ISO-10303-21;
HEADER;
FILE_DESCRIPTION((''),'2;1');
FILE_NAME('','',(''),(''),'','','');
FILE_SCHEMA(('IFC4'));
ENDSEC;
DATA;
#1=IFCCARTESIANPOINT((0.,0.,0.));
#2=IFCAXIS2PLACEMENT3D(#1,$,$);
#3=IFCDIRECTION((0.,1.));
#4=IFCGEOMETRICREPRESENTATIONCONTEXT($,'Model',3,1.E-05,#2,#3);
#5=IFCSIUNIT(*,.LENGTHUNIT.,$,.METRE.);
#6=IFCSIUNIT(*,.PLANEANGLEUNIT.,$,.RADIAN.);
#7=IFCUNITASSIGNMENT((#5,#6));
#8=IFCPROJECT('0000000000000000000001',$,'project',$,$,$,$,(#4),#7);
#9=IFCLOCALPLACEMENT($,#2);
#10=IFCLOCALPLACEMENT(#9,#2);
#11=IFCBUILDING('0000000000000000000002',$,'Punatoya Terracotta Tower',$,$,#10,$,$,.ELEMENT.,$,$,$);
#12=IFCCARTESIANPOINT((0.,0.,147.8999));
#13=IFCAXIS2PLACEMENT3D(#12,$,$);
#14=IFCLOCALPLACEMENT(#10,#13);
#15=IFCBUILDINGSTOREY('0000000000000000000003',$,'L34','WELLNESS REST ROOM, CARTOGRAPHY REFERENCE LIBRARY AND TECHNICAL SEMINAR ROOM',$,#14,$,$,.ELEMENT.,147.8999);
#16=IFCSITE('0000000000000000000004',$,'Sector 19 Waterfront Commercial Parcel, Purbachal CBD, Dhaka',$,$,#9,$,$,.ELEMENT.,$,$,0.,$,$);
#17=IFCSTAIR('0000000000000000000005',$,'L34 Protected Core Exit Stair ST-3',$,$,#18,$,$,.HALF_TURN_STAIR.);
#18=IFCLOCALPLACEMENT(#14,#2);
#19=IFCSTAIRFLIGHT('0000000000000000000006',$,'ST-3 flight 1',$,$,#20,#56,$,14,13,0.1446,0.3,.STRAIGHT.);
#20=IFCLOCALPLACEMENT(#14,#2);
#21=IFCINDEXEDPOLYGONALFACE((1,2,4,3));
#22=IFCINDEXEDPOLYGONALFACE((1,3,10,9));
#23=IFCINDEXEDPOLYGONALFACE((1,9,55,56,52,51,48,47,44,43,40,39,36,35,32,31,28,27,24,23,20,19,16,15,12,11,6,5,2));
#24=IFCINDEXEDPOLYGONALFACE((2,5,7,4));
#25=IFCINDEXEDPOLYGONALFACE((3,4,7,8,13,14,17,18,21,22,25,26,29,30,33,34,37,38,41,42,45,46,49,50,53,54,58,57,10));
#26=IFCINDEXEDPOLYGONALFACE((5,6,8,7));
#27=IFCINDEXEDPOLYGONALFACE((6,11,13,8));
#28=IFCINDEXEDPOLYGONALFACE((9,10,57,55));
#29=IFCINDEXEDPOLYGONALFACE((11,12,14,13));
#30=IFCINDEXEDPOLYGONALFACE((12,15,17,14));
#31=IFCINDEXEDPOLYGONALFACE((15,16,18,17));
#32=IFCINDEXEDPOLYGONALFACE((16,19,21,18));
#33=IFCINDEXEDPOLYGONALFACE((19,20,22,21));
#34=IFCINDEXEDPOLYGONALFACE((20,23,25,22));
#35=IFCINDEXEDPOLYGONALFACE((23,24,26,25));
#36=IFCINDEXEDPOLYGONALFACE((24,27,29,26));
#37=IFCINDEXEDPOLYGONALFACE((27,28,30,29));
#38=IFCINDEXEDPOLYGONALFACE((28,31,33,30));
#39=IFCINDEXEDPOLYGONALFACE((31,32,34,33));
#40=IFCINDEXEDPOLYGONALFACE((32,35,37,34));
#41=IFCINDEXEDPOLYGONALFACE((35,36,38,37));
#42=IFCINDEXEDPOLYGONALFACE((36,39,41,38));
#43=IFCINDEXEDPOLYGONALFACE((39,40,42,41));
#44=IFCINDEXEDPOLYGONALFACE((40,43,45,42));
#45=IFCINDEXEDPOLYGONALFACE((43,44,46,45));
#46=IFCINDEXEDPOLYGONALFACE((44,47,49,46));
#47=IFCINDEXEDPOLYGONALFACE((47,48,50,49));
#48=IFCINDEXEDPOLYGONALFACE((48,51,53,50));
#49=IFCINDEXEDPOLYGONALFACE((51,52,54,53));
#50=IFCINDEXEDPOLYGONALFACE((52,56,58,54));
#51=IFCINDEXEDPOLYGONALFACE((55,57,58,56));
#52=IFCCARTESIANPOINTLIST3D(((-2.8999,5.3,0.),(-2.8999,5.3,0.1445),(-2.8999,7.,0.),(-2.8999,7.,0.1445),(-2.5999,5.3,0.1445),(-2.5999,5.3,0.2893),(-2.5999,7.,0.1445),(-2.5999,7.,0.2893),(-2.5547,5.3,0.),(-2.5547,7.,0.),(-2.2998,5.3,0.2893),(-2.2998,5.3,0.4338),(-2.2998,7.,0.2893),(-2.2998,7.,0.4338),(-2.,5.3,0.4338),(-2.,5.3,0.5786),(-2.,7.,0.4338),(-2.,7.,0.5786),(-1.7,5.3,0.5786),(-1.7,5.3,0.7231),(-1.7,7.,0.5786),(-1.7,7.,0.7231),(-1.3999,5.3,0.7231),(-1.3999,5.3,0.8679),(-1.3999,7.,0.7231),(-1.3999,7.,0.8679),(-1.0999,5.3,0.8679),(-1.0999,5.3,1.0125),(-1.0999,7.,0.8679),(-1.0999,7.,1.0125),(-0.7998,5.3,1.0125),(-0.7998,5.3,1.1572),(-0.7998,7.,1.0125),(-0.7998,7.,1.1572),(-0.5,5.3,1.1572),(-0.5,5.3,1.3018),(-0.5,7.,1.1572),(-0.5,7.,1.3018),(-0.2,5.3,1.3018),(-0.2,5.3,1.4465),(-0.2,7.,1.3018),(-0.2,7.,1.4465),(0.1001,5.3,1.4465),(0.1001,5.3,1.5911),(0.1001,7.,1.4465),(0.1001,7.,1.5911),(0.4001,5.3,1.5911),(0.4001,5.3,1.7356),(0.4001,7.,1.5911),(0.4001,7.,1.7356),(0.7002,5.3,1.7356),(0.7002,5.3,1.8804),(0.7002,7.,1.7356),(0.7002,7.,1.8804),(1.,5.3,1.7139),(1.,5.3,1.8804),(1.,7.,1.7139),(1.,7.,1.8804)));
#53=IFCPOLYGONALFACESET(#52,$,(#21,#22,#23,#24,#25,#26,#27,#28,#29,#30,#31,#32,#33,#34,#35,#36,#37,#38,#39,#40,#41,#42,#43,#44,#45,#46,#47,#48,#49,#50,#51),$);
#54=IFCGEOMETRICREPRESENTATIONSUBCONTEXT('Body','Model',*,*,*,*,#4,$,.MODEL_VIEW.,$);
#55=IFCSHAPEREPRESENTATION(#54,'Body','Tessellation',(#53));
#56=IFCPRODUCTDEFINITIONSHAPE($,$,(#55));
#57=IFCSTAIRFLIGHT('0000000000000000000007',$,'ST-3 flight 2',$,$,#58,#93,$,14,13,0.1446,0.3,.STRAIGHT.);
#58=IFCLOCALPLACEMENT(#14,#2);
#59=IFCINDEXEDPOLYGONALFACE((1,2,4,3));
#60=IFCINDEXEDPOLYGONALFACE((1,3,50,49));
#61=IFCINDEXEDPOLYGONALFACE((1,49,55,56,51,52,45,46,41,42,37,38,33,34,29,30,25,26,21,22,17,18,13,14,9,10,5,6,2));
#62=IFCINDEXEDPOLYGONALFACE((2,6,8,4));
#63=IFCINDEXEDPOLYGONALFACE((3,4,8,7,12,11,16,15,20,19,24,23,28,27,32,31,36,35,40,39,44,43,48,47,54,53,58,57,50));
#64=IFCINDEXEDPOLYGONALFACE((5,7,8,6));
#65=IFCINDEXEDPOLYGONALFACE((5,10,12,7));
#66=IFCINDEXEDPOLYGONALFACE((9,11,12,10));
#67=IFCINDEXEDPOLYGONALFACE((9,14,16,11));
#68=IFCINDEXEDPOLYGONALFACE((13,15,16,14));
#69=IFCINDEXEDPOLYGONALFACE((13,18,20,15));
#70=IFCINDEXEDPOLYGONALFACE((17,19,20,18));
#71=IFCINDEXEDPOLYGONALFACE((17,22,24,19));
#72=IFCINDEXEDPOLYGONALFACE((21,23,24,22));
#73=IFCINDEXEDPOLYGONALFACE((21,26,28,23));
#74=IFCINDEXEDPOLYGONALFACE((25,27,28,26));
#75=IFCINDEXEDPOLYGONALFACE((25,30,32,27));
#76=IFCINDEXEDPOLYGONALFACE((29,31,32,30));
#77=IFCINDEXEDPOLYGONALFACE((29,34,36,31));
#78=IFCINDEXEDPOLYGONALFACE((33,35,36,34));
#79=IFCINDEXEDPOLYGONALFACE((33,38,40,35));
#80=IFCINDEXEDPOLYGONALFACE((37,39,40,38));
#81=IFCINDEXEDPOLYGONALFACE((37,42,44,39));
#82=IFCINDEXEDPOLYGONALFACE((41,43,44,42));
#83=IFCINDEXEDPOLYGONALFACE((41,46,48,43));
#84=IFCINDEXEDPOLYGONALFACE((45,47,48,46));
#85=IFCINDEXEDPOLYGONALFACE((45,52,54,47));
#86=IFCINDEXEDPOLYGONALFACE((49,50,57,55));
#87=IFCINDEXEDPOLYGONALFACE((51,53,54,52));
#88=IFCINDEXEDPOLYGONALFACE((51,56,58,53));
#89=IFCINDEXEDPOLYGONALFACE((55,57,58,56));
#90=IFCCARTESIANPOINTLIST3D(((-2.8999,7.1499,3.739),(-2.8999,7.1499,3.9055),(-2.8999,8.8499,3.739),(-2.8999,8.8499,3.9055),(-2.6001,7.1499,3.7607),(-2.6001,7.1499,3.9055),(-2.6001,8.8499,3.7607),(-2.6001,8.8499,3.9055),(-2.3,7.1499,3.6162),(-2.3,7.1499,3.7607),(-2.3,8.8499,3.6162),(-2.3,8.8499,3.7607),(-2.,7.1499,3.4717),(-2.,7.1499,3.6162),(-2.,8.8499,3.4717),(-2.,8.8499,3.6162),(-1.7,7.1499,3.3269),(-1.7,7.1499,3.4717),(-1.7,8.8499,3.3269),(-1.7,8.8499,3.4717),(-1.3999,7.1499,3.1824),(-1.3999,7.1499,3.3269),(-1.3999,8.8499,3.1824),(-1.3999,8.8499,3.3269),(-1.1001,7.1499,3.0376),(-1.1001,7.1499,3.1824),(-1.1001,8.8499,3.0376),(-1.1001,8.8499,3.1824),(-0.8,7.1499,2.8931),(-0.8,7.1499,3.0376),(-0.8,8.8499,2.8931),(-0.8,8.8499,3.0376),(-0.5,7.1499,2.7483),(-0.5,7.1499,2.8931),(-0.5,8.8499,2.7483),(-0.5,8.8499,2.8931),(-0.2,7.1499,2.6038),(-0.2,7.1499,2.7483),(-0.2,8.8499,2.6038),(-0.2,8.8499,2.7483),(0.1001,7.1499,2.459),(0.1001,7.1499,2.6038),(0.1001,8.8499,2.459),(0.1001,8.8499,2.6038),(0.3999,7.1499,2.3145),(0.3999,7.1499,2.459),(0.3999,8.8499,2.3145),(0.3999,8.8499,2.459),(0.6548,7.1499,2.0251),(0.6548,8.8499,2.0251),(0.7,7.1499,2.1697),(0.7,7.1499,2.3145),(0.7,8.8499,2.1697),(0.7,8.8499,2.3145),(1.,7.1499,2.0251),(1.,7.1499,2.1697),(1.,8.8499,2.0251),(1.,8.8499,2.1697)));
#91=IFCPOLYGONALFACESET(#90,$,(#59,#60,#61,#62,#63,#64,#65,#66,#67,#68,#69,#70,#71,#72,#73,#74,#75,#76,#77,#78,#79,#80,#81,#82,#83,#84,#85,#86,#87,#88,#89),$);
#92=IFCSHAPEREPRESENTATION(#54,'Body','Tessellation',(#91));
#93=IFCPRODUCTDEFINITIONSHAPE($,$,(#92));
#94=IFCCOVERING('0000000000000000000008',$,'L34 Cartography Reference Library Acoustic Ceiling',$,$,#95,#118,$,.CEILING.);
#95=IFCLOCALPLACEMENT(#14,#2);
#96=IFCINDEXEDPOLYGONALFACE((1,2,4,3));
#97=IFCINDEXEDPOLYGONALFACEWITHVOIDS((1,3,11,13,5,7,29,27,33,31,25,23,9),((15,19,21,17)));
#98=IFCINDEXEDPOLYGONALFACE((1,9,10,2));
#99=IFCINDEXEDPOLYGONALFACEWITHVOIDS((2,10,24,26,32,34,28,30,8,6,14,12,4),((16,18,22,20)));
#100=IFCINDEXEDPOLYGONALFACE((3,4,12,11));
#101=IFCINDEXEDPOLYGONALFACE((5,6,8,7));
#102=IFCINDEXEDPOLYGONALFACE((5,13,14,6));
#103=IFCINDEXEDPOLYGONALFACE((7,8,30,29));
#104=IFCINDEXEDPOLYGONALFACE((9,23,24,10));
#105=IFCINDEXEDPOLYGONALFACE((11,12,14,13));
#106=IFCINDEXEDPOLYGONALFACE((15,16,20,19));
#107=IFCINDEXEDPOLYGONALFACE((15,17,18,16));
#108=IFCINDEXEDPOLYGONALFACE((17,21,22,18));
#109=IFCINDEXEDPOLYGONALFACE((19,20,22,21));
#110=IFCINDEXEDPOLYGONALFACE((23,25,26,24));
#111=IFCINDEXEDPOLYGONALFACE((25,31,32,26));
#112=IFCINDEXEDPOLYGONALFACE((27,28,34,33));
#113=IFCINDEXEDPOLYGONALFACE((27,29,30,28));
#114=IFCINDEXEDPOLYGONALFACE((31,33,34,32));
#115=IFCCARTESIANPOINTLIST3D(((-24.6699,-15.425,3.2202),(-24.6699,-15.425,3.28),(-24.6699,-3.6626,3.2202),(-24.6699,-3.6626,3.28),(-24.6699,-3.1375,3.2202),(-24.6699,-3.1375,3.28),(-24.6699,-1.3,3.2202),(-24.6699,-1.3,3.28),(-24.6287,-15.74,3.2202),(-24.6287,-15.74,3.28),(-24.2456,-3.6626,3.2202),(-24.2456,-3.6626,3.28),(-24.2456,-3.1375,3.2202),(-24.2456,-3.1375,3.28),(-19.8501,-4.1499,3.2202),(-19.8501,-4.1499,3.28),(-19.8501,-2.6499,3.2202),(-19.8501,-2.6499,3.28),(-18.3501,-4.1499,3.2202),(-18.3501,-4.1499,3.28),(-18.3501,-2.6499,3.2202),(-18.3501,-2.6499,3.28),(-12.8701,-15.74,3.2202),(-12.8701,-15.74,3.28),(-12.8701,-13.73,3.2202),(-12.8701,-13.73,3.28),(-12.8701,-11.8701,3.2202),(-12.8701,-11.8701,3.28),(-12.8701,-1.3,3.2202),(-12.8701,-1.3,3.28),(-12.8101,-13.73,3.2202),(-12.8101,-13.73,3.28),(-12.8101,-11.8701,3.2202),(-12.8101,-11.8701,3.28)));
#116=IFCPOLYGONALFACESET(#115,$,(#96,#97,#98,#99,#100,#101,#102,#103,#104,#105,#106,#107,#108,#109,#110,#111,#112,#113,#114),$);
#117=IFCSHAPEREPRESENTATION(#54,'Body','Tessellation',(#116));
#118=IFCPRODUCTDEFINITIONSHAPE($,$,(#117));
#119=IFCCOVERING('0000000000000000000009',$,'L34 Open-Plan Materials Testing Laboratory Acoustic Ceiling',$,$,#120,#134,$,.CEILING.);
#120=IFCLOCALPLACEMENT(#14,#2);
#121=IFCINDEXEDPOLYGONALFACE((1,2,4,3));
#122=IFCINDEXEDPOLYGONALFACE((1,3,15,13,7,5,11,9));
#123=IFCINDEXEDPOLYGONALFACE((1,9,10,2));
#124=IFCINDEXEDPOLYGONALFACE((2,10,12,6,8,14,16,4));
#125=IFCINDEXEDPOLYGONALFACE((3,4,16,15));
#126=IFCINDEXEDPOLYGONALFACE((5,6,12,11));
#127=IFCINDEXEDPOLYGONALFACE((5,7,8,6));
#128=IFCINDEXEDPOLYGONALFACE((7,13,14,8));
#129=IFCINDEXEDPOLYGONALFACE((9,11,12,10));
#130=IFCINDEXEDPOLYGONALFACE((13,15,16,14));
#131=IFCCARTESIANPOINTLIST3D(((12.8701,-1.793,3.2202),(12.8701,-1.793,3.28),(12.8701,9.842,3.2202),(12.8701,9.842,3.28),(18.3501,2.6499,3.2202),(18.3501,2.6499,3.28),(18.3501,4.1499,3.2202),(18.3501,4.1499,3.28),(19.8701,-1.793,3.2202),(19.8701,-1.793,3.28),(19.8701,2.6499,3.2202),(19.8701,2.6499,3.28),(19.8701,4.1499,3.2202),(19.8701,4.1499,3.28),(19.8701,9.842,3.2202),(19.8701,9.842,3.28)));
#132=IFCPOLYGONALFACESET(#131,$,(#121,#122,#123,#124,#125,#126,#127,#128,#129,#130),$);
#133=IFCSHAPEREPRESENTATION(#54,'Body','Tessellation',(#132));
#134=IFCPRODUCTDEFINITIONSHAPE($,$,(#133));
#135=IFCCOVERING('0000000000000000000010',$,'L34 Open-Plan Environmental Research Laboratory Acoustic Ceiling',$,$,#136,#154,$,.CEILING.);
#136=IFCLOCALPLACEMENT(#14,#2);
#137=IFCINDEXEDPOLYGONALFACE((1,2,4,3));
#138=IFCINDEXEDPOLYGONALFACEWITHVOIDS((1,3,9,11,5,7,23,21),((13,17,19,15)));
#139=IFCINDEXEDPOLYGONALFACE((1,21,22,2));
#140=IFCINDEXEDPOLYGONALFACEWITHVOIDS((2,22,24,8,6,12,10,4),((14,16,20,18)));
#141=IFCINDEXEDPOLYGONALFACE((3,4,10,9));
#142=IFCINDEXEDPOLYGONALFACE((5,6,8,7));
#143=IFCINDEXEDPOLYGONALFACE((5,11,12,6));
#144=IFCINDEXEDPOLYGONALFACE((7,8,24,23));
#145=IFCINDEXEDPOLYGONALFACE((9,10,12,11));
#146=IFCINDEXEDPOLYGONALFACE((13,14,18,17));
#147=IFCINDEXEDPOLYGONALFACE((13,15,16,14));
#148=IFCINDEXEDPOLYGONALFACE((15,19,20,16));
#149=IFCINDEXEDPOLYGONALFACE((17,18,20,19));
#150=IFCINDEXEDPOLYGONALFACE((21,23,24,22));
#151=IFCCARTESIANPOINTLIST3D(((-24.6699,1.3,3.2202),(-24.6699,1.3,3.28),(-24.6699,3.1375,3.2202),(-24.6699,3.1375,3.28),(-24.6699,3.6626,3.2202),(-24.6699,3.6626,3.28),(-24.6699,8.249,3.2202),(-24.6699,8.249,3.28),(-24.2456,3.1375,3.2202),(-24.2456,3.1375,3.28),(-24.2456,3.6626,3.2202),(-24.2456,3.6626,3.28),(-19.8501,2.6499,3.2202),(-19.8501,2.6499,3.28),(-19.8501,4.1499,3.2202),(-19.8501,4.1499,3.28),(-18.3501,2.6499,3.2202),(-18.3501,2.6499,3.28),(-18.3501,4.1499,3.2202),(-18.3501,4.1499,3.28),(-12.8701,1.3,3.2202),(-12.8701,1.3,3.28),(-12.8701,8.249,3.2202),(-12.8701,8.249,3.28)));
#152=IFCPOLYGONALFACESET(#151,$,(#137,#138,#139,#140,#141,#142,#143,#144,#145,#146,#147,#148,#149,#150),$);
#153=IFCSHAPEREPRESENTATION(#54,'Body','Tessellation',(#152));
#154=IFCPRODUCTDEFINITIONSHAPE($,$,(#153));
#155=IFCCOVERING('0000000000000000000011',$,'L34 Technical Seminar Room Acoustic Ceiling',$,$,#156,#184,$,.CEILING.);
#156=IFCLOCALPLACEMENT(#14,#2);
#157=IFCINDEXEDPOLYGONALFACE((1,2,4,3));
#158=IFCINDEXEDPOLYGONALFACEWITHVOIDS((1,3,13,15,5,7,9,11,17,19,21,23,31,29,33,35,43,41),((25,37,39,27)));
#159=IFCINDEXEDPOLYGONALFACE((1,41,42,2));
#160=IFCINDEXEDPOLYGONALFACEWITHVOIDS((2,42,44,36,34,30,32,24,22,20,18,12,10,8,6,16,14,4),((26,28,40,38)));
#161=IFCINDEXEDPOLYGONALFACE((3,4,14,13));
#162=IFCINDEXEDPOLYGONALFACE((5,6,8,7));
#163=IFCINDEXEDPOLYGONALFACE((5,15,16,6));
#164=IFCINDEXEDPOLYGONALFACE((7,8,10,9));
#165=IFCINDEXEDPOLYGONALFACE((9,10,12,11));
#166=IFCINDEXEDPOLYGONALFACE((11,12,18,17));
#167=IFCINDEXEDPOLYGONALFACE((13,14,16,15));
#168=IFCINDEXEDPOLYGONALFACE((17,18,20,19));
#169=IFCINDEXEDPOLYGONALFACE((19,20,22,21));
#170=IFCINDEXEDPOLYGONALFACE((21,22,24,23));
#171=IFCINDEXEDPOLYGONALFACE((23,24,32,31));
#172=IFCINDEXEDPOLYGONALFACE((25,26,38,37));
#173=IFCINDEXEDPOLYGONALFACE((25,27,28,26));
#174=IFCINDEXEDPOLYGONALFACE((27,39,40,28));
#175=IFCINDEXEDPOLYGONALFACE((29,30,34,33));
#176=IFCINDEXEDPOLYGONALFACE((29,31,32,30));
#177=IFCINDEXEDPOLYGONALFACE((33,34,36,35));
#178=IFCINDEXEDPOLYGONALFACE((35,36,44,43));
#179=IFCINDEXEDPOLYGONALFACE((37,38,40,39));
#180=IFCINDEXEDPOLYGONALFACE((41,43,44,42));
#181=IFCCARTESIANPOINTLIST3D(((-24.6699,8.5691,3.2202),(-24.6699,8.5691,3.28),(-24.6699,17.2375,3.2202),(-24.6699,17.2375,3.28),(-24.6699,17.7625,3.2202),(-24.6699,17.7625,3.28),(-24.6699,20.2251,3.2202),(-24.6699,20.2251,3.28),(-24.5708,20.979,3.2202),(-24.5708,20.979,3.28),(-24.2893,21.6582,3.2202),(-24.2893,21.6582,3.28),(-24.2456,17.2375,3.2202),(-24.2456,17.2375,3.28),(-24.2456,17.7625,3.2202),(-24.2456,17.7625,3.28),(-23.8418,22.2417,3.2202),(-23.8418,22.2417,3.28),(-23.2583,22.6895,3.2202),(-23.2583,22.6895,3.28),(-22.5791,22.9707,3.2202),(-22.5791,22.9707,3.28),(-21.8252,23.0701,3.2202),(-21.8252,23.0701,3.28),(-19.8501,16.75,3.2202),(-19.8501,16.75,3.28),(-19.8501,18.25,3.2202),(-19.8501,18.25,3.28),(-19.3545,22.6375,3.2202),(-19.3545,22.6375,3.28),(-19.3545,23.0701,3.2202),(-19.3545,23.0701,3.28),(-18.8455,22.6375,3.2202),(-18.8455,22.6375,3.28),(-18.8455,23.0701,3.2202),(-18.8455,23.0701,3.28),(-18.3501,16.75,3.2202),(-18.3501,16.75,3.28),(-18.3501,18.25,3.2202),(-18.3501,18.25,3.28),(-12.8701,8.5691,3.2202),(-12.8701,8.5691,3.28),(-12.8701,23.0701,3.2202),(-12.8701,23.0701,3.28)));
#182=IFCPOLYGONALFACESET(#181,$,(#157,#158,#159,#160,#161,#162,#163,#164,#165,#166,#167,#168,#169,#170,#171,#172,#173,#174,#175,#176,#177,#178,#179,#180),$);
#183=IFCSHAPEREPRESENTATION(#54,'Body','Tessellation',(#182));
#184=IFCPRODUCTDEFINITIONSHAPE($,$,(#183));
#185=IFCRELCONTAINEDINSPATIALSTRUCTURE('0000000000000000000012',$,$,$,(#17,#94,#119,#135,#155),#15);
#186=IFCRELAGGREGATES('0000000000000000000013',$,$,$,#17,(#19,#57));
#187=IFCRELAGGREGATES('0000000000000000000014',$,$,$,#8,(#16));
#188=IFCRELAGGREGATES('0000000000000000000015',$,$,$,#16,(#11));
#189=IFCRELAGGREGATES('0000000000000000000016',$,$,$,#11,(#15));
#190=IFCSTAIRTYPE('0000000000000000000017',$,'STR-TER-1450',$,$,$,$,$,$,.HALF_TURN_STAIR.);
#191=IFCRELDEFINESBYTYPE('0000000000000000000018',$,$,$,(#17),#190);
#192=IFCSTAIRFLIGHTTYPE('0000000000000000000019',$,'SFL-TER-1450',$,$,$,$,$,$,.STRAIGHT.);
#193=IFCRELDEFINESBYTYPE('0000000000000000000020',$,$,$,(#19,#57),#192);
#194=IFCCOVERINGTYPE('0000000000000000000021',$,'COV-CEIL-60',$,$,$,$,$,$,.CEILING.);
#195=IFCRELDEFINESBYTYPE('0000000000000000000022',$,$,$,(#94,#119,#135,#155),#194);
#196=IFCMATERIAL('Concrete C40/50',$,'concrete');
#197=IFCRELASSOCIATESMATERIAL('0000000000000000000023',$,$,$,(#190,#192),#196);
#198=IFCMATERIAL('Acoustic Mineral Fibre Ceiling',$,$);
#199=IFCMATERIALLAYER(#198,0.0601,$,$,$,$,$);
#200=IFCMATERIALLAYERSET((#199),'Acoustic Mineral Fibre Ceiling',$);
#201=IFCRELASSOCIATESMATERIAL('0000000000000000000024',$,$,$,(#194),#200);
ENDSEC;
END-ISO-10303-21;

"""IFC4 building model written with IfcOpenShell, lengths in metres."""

from ifc_helpers import new_model, si_unit, direction, frame, origin, place, context, subcontext, project, spatial, polyline, outline, extrude, material, layer, layer_set, type_object, element, aggregate, save


model = new_model("IFC4")

# Units and contexts
model_context = context("Model", 3, precision=1e-05, world=origin(), true_north=direction((0.0, 1.0)))
body_context = subcontext(model_context, "Body", "Model", "MODEL_VIEW")
ifc_project = project(units=[si_unit("LENGTHUNIT", "METRE"), si_unit("PLANEANGLEUNIT", "RADIAN")], contexts=[model_context])

# Site, building, storey
site_placement = place(None, origin())
site = spatial("IfcSite", under=ifc_project, at=site_placement, Name="Sector 19 Waterfront Commercial Parcel, Purbachal CBD, Dhaka", CompositionType="ELEMENT", RefElevation=0.0)
building_placement = place(site_placement, origin())
building = spatial("IfcBuilding", under=site, at=building_placement, Name="Punatoya Terracotta Tower", CompositionType="ELEMENT")
storey_placement = place(building_placement, frame((0.0, 0.0, 147.8999)))
storey = spatial("IfcBuildingStorey", under=building, at=storey_placement, Name="L34", Description="WELLNESS REST ROOM, CARTOGRAPHY REFERENCE LIBRARY AND TECHNICAL SEMINAR ROOM", CompositionType="ELEMENT", Elevation=147.8999)

# Shared definitions
ifc_material_1 = material(Name="Concrete C40/50", Category="concrete")

# Stair, stair flights
stair_type_1 = type_object("IfcStairType", Name="STR-TER-1450", PredefinedType="HALF_TURN_STAIR", material=ifc_material_1)
stair_1_placement = place(storey_placement, origin())
stair_1 = element("IfcStair", 1, at=stair_1_placement, inside=storey, type_object=stair_type_1, Name="L34 Protected Core Exit Stair ST-3", PredefinedType="HALF_TURN_STAIR")
stair_flight_type_1 = type_object("IfcStairFlightType", Name="SFL-TER-1450", PredefinedType="STRAIGHT", material=ifc_material_1)
stair_flight_1_placement = place(storey_placement, frame((-2.8999, 6.1499, 0.0), z_axis=(0.0, 0.0, 1.0), x_axis=(1.0, 0.0, 0.0)))
stair_flight_1 = element("IfcStairFlight", 2, at=stair_flight_1_placement, type_object=stair_flight_type_1, Name="ST-3 flight 1", NumberOfRisers=14, NumberOfTreads=13, PredefinedType="STRAIGHT", RiserHeight=0.1446, TreadLength=0.3, context=body_context, shape_type="SweptSolid", body=[
    extrude(outline(polyline([(0.0, 0.0), (0.0, 0.1445), (0.3, 0.1445), (0.3, 0.2893), (0.6001, 0.2893), (0.6001, 0.4338), (0.8999, 0.4338), (0.8999, 0.5786), (1.2, 0.5786), (1.2, 0.7231), (1.5, 0.7231), (1.5, 0.8679), (1.8, 0.8679), (1.8, 1.0125), (2.1001, 1.0125), (2.1001, 1.1572), (2.3999, 1.1572), (2.3999, 1.3018), (2.7, 1.3018), (2.7, 1.4465), (3.0, 1.4465), (3.0, 1.5911), (3.3, 1.5911), (3.3, 1.7356), (3.6001, 1.7356), (3.6001, 1.8804), (3.8999, 1.8804), (3.8999, 2.0249), (3.8999, 1.7139), (0.3452, 0.0), (0.0, 0.0)])), frame((0.0, 0.8501, 0.0), z_axis=(0.0, -1.0, 0.0), x_axis=(1.0, 0.0, 0.0)), (0.0, 0.0, 1.0), 1.7),
])
stair_flight_2_placement = place(storey_placement, frame((1.0, 8.0, 2.0251), z_axis=(0.0, 0.0, 1.0), x_axis=(-1.0, 0.0, 0.0)))
stair_flight_2 = element("IfcStairFlight", 3, at=stair_flight_2_placement, type_object=stair_flight_type_1, Name="ST-3 flight 2", NumberOfRisers=14, NumberOfTreads=13, PredefinedType="STRAIGHT", RiserHeight=0.1446, TreadLength=0.3, context=body_context, shape_type="SweptSolid", body=[
    extrude(outline(polyline([(0.0, 0.0), (0.0, 0.1445), (0.3, 0.1445), (0.3, 0.2893), (0.6001, 0.2893), (0.6001, 0.4338), (0.8999, 0.4338), (0.8999, 0.5786), (1.2, 0.5786), (1.2, 0.7231), (1.5, 0.7231), (1.5, 0.8679), (1.8, 0.8679), (1.8, 1.0125), (2.1001, 1.0125), (2.1001, 1.1572), (2.3999, 1.1572), (2.3999, 1.3018), (2.7, 1.3018), (2.7, 1.4465), (3.0, 1.4465), (3.0, 1.5911), (3.3, 1.5911), (3.3, 1.7356), (3.6001, 1.7356), (3.6001, 1.8804), (3.8999, 1.8804), (3.8999, 2.0249), (3.8999, 1.7139), (0.3452, 0.0), (0.0, 0.0)])), frame((0.0, 0.8501, 0.0), z_axis=(0.0, -1.0, 0.0), x_axis=(1.0, 0.0, 0.0)), (0.0, 0.0, 1.0), 1.7),
])
aggregate(stair_1, [stair_flight_1, stair_flight_2])

# Coverings
ifc_material_2 = material(Name="Acoustic Mineral Fibre Ceiling")
ifc_layer_1 = layer(ifc_material_2, 0.0601)
ifc_layer_set_1 = layer_set([ifc_layer_1], Name="Acoustic Mineral Fibre Ceiling")
covering_type = type_object("IfcCoveringType", Name="COV-CEIL-60", PredefinedType="CEILING", material=ifc_layer_set_1)
covering_1_placement = place(storey_placement, frame((0.0, 0.0, 3.2202)))
element("IfcCovering", 4, at=covering_1_placement, inside=storey, type_object=covering_type, Name="L34 Cartography Reference Library Acoustic Ceiling", PredefinedType="CEILING", context=body_context, shape_type="SweptSolid", body=[
    extrude(outline(polyline([(-24.2456, -3.6626), (-24.6699, -3.6626), (-24.6699, -15.425), (-24.6287, -15.74), (-12.8701, -15.74), (-12.8701, -13.73), (-12.8101, -13.73), (-12.8101, -11.8701), (-12.8701, -11.8701), (-12.8701, -1.3), (-24.6699, -1.3), (-24.6699, -3.1375), (-24.2456, -3.1375), (-24.2456, -3.6626)]), holes=[polyline([(-18.3501, -4.1499), (-19.8501, -4.1499), (-19.8501, -2.6499), (-18.3501, -2.6499), (-18.3501, -4.1499)])]), origin(), (0.0, 0.0, 1.0), 0.0598),
])
covering_2_placement = place(storey_placement, frame((0.0, 0.0, 3.2202)))
element("IfcCovering", 5, at=covering_2_placement, inside=storey, type_object=covering_type, Name="L34 Open-Plan Materials Testing Laboratory Acoustic Ceiling", PredefinedType="CEILING", context=body_context, shape_type="SweptSolid", body=[
    extrude(outline(polyline([(18.3501, 4.1499), (19.8701, 4.1499), (19.8701, 9.842), (12.8701, 9.842), (12.8701, -1.793), (19.8701, -1.793), (19.8701, 2.6499), (18.3501, 2.6499), (18.3501, 4.1499)])), origin(), (0.0, 0.0, 1.0), 0.0598),
])
covering_3_placement = place(storey_placement, frame((0.0, 0.0, 3.2202)))
element("IfcCovering", 6, at=covering_3_placement, inside=storey, type_object=covering_type, Name="L34 Open-Plan Environmental Research Laboratory Acoustic Ceiling", PredefinedType="CEILING", context=body_context, shape_type="SweptSolid", body=[
    extrude(outline(polyline([(-12.8701, 1.3), (-12.8701, 8.249), (-24.6699, 8.249), (-24.6699, 3.6626), (-24.2456, 3.6626), (-24.2456, 3.1375), (-24.6699, 3.1375), (-24.6699, 1.3), (-12.8701, 1.3)]), holes=[polyline([(-18.3501, 4.1499), (-18.3501, 2.6499), (-19.8501, 2.6499), (-19.8501, 4.1499), (-18.3501, 4.1499)])]), origin(), (0.0, 0.0, 1.0), 0.0598),
])
covering_4_placement = place(storey_placement, frame((0.0, 0.0, 3.2202)))
element("IfcCovering", 7, at=covering_4_placement, inside=storey, type_object=covering_type, Name="L34 Technical Seminar Room Acoustic Ceiling", PredefinedType="CEILING", context=body_context, shape_type="SweptSolid", body=[
    extrude(outline(polyline([(-12.8701, 23.0701), (-18.8455, 23.0701), (-18.8455, 22.6375), (-19.3545, 22.6375), (-19.3545, 23.0701), (-21.8252, 23.0701), (-22.5791, 22.9707), (-23.2583, 22.6895), (-23.8418, 22.2417), (-24.2893, 21.6582), (-24.5708, 20.979), (-24.6699, 20.2251), (-24.6699, 17.7625), (-24.2456, 17.7625), (-24.2456, 17.2375), (-24.6699, 17.2375), (-24.6699, 8.5691), (-12.8701, 8.5691), (-12.8701, 23.0701)]), holes=[polyline([(-19.8501, 18.25), (-18.3501, 18.25), (-18.3501, 16.75), (-19.8501, 16.75), (-19.8501, 18.25)])]), origin(), (0.0, 0.0, 1.0), 0.0598),
])

save(model, "model.ifc")
